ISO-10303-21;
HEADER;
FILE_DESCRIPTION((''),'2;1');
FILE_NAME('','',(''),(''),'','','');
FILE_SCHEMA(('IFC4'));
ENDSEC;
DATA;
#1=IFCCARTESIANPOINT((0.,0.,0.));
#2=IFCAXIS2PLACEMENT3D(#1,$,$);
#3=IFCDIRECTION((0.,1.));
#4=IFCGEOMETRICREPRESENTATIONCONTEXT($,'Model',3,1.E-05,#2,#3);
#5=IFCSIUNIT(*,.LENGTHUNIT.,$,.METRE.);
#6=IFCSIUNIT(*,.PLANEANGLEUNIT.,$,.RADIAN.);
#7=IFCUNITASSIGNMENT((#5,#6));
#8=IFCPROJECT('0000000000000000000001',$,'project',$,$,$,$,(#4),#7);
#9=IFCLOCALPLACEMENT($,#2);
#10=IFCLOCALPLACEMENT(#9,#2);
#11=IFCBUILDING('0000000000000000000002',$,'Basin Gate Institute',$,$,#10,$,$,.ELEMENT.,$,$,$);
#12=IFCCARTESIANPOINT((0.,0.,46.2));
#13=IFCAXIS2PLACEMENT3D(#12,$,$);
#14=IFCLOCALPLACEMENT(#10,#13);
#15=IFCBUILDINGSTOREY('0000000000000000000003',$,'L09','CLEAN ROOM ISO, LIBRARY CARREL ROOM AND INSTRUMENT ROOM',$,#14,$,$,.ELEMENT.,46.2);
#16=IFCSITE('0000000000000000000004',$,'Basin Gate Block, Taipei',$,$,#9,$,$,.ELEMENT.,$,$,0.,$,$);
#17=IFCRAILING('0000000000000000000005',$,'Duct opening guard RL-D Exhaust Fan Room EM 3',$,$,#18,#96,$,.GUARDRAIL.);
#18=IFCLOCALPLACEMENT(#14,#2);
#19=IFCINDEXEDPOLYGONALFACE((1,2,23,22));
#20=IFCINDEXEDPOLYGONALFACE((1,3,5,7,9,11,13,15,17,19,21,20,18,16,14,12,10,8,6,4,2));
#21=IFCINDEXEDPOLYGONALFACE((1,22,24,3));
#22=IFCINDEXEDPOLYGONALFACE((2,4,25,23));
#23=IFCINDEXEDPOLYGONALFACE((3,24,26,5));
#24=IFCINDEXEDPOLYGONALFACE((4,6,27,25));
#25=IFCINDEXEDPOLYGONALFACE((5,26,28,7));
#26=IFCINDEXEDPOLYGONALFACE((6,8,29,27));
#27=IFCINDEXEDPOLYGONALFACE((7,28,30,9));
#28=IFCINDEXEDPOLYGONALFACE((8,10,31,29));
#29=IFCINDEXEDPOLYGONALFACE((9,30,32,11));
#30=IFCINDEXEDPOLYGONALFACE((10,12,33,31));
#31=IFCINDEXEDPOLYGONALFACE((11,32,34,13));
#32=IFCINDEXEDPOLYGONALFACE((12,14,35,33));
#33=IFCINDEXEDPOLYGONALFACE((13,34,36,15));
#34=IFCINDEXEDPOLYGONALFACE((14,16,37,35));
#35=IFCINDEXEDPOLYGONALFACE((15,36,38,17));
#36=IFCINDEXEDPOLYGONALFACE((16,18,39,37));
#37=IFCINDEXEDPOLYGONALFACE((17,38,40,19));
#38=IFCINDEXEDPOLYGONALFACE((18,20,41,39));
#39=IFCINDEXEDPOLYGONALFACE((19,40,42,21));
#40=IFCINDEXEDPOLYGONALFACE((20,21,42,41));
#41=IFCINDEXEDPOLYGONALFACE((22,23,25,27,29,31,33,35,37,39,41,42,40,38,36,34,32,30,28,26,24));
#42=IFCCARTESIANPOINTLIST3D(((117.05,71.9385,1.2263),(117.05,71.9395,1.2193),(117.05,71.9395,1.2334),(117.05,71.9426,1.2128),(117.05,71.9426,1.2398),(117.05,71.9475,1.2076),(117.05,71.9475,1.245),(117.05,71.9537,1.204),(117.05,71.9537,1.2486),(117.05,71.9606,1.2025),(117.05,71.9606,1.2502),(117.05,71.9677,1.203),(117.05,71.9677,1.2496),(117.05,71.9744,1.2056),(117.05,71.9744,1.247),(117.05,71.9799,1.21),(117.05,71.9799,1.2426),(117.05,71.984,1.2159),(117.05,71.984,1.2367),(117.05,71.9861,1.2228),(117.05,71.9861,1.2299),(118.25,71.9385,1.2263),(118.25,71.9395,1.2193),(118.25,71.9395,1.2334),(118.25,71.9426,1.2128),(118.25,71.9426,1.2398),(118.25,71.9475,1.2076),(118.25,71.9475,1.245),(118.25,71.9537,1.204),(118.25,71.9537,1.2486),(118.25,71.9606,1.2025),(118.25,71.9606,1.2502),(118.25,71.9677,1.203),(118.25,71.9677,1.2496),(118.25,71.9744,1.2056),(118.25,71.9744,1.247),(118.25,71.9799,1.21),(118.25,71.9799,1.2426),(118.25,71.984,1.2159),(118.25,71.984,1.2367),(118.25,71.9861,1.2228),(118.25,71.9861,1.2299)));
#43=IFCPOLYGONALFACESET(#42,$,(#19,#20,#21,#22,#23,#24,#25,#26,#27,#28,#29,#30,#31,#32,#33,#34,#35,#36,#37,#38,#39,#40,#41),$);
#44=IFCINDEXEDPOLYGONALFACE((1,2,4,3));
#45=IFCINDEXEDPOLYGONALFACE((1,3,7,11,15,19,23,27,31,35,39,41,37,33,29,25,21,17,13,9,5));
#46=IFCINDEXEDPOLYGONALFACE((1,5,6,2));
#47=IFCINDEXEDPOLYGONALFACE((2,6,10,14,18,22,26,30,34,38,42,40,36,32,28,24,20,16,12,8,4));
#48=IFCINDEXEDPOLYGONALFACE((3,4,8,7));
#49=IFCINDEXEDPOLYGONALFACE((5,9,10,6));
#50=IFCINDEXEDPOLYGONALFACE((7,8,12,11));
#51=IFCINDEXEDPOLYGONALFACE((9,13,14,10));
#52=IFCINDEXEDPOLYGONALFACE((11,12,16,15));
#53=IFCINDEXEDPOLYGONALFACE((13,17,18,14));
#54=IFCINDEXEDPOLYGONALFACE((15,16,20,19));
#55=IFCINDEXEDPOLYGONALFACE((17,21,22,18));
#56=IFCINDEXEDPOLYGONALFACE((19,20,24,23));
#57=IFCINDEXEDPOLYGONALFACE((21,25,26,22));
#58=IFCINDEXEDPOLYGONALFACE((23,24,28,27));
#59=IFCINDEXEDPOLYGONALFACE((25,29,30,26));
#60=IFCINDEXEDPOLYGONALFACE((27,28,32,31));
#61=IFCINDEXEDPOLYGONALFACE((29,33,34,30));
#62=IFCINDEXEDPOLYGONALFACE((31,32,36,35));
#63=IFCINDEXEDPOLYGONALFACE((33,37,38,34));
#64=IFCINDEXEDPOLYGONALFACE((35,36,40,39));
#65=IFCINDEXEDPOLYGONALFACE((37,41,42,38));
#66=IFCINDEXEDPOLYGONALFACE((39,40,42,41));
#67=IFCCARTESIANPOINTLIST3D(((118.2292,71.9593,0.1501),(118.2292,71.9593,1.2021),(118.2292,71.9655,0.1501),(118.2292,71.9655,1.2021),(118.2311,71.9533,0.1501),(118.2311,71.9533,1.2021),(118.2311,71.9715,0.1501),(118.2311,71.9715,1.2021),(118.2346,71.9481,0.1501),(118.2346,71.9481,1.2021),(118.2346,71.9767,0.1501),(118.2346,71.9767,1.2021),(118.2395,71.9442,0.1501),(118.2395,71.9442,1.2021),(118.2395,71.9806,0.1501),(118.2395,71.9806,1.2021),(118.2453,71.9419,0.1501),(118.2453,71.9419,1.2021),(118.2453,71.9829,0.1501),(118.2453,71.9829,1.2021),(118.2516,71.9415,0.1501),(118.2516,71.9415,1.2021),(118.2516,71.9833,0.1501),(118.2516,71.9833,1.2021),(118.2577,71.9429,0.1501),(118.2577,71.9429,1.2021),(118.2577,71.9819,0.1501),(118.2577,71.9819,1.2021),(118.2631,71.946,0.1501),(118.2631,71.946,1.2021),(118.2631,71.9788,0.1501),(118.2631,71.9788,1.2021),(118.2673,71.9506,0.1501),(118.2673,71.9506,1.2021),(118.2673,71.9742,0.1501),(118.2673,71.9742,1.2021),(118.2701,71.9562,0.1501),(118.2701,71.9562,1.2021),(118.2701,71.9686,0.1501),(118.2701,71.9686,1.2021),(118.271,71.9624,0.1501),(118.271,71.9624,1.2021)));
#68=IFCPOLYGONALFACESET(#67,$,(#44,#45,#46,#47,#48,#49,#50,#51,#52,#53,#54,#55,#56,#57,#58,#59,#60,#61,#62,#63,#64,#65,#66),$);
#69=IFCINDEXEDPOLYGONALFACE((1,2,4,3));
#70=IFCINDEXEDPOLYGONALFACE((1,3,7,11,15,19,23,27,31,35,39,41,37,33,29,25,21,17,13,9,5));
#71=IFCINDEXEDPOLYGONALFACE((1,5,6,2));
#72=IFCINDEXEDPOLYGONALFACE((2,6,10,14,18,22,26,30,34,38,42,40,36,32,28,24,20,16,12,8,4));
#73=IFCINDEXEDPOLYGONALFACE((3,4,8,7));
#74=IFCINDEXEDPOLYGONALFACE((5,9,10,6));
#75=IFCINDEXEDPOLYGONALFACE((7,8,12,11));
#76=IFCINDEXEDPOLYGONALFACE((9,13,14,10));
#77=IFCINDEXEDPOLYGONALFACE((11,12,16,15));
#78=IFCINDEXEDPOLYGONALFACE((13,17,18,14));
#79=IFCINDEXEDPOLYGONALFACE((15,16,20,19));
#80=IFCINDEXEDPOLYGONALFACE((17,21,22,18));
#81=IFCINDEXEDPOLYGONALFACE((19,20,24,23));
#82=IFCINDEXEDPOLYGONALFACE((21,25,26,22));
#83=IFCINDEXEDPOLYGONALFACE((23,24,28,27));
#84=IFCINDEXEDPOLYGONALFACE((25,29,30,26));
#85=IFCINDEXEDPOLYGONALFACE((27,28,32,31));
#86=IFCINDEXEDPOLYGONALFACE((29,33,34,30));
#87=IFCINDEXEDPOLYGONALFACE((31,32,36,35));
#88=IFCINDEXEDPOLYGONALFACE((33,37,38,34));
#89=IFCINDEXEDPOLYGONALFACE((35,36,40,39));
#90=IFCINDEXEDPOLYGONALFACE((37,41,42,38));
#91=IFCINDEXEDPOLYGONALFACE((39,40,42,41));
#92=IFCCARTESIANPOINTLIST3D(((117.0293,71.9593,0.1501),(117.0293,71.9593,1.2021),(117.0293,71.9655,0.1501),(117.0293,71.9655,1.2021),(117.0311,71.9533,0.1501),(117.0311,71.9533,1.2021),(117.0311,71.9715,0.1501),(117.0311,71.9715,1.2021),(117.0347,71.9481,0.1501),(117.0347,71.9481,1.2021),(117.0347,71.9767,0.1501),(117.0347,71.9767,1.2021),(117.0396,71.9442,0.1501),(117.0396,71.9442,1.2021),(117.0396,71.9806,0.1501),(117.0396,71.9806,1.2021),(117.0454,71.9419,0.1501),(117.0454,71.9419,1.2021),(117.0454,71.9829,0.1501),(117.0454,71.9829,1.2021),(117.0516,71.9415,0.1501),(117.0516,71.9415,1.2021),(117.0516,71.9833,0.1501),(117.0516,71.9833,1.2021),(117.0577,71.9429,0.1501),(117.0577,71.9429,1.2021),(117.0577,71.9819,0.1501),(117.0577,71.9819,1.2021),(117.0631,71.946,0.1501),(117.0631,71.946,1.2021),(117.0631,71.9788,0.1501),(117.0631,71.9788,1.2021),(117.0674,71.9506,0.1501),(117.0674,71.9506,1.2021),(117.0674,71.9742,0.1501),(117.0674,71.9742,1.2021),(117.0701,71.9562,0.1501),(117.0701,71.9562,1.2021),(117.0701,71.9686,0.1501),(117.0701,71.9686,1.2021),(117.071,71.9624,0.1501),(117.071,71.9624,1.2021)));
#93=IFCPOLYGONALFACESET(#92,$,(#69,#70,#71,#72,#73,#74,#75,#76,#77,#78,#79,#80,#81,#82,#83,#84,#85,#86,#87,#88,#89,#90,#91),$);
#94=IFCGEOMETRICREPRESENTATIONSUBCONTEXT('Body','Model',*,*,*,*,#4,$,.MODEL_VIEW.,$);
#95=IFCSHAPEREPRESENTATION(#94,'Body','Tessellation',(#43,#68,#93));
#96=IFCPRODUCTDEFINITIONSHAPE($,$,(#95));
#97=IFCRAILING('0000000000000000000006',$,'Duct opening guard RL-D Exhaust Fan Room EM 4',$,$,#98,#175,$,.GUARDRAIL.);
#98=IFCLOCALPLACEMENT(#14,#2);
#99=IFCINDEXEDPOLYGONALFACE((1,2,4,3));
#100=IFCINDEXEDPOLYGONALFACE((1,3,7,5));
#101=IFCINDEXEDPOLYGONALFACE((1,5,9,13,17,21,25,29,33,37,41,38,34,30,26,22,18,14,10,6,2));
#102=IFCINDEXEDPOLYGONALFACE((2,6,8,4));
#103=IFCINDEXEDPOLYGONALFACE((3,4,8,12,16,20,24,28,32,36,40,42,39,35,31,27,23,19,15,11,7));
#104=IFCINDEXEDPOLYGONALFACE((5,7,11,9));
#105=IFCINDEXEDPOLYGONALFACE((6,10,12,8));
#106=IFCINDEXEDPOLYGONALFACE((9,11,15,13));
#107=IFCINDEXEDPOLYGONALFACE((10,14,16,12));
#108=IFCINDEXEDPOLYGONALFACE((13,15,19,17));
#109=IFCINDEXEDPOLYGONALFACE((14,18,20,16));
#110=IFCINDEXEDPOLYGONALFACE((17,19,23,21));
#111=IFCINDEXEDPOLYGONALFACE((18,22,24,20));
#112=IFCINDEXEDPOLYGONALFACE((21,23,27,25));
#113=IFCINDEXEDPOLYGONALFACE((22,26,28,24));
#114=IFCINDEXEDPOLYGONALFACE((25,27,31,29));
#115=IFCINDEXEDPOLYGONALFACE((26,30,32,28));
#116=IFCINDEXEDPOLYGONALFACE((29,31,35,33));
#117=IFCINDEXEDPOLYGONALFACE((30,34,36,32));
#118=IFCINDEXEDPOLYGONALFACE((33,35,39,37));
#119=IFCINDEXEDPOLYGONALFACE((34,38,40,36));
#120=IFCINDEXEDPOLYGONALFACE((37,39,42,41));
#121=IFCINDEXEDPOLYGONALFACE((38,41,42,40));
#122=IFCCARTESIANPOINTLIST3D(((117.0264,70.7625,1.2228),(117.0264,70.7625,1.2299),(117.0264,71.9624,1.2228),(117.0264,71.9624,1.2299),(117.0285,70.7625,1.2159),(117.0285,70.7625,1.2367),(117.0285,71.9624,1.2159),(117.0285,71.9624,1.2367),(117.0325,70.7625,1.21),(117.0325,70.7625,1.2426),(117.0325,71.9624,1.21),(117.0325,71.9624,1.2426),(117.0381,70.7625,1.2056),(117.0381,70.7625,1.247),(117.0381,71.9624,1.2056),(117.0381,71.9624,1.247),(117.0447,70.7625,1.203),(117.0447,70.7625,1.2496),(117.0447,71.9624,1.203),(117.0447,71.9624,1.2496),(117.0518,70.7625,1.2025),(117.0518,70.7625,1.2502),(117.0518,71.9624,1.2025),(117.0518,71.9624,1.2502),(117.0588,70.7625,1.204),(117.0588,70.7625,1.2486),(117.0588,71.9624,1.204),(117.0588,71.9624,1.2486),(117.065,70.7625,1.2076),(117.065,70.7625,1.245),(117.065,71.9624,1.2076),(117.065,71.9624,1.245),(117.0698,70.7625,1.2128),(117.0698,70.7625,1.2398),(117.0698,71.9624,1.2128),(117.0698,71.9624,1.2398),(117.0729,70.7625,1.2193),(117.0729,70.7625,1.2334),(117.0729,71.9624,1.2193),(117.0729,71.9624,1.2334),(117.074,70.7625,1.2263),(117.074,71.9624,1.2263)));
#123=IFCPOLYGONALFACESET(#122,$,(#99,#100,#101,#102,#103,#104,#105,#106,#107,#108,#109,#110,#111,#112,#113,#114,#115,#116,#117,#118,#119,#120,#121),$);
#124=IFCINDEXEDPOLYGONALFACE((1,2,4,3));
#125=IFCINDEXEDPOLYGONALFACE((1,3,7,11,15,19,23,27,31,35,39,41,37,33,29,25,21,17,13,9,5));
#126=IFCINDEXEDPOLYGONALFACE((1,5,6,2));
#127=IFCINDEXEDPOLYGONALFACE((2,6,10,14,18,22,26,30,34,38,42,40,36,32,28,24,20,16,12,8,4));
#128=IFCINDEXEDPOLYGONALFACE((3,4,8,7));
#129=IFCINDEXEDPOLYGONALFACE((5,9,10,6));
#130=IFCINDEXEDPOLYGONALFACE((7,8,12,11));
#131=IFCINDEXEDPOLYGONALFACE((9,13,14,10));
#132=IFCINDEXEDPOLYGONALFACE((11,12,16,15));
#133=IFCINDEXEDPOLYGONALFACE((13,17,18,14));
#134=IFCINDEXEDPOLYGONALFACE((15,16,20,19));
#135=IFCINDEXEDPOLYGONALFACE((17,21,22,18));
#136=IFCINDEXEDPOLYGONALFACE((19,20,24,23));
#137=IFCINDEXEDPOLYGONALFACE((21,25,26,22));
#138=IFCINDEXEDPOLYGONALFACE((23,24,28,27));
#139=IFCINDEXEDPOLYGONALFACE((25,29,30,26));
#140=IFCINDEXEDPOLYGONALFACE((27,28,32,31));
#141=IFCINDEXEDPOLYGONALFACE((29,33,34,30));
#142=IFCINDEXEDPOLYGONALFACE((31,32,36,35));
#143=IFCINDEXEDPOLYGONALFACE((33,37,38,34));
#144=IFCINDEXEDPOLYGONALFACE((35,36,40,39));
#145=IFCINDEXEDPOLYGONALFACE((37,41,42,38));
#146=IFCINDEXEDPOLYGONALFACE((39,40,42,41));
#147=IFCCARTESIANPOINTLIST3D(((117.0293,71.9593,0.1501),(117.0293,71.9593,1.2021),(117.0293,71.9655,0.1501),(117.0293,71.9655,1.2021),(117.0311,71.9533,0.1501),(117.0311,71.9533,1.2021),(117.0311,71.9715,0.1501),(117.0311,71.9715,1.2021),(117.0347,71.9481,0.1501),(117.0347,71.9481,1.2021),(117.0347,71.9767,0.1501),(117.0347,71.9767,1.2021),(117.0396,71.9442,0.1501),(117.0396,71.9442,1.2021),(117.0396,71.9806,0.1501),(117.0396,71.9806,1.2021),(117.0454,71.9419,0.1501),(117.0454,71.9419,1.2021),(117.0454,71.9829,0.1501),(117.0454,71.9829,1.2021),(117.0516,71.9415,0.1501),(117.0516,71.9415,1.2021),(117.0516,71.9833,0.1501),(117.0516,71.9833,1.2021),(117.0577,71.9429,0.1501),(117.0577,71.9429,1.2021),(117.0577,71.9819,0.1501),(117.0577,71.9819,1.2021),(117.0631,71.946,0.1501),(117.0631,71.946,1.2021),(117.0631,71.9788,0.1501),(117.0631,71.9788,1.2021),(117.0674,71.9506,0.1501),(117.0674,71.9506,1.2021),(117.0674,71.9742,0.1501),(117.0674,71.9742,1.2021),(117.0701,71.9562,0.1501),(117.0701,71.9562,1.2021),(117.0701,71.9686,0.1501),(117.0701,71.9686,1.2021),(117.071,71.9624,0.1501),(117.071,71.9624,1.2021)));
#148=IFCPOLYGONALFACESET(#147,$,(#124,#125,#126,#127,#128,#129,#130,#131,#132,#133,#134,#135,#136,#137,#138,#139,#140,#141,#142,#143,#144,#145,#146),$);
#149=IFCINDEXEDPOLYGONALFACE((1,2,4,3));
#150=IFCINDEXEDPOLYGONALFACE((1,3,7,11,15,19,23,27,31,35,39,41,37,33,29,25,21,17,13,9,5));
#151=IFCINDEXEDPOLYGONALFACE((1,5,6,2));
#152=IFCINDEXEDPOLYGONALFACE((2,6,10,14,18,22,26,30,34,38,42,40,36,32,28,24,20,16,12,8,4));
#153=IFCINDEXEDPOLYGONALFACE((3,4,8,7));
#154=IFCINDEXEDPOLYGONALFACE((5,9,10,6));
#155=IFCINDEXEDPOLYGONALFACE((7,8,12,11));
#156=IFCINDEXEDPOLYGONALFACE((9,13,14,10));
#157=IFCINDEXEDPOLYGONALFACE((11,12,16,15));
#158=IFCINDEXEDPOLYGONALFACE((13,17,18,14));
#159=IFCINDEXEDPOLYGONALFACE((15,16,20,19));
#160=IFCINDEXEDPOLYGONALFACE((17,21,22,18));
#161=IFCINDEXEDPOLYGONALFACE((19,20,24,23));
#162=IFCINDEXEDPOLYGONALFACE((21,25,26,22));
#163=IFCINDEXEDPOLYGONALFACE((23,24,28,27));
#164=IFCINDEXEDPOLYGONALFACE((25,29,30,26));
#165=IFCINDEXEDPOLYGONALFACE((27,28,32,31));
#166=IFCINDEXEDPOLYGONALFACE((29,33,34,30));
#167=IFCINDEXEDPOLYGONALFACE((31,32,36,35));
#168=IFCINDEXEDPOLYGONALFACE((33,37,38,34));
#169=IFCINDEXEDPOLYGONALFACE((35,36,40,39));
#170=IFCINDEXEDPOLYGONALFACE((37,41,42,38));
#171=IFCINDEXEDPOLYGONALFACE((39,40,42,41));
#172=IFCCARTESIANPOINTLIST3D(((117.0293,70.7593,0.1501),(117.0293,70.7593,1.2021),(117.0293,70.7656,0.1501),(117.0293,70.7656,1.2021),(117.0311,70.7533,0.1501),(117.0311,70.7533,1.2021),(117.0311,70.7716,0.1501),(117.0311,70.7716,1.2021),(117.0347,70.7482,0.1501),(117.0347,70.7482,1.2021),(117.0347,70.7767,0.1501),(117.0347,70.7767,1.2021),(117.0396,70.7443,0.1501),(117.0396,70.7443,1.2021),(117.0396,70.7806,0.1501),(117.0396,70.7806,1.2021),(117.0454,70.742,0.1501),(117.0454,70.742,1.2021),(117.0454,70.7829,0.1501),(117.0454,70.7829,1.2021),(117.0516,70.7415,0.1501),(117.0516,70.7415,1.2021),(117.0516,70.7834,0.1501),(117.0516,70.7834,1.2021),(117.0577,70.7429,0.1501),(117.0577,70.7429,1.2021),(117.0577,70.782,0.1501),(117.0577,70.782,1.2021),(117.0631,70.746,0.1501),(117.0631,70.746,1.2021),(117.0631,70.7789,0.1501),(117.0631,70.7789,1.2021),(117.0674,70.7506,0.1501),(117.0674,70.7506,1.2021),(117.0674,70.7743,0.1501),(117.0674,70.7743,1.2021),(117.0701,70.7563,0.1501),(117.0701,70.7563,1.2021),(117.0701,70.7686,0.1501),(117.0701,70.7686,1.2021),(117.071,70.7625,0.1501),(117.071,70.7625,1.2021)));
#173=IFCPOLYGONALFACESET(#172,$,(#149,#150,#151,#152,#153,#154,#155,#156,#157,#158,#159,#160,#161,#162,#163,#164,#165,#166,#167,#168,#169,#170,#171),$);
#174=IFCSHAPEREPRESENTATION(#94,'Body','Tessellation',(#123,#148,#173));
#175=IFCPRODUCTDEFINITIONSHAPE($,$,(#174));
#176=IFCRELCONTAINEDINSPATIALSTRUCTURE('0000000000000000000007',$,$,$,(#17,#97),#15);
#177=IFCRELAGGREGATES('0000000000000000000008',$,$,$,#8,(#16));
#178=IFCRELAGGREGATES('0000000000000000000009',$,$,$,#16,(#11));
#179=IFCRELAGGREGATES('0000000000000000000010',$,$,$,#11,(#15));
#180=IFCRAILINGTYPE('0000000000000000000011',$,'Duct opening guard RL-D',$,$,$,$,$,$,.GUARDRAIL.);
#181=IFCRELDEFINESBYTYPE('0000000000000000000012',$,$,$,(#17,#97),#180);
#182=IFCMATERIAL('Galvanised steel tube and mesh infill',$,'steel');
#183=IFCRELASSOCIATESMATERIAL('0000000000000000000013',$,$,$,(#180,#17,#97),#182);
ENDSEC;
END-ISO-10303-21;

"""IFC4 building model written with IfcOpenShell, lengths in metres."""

from ifc_helpers import new_model, si_unit, direction, frame, origin, origin_2d, place, context, subcontext, project, spatial, circle, extrude, material, type_object, element, save


model = new_model("IFC4")

# Units and contexts
model_context = context("Model", 3, precision=1e-05, world=origin(), true_north=direction((0.0, 1.0)))
body_context = subcontext(model_context, "Body", "Model", "MODEL_VIEW")
ifc_project = project(units=[si_unit("LENGTHUNIT", "METRE"), si_unit("PLANEANGLEUNIT", "RADIAN")], contexts=[model_context])

# Site, building, storey
site_placement = place(None, origin())
site = spatial("IfcSite", under=ifc_project, at=site_placement, Name="Basin Gate Block, Taipei", CompositionType="ELEMENT", RefElevation=0.0)
building_placement = place(site_placement, origin())
building = spatial("IfcBuilding", under=site, at=building_placement, Name="Basin Gate Institute", CompositionType="ELEMENT")
storey_placement = place(building_placement, frame((0.0, 0.0, 46.2)))
storey = spatial("IfcBuildingStorey", under=building, at=storey_placement, Name="L09", Description="CLEAN ROOM ISO, LIBRARY CARREL ROOM AND INSTRUMENT ROOM", CompositionType="ELEMENT", Elevation=46.2)

# Railings
ifc_material_1 = material(Name="Galvanised steel tube and mesh infill", Category="steel")
railing_type_1 = type_object("IfcRailingType", Name="Duct opening guard RL-D", PredefinedType="GUARDRAIL", material=ifc_material_1)
railing_1_placement = place(storey_placement, frame((118.25, 71.9624, 0.1501)))
element("IfcRailing", 1, at=railing_1_placement, inside=storey, type_object=railing_type_1, material=ifc_material_1, Name="Duct opening guard RL-D Exhaust Fan Room EM 3", PredefinedType="GUARDRAIL", context=body_context, shape_type="SweptSolid", body=[
    extrude(circle(Radius=0.0239, at=origin_2d()), frame((0.0, 0.0, 1.0762), z_axis=(-1.0, 0.0, 0.0), x_axis=(0.0, -1.0, 0.0)), (0.0, 0.0, 1.0), 1.2),
    extrude(circle(Radius=0.021, at=origin_2d()), origin(), (0.0, 0.0, 1.0), 1.052),
    extrude(circle(Radius=0.021, at=origin_2d()), frame((-1.2, 0.0, 0.0)), (0.0, 0.0, 1.0), 1.052),
])
railing_2_placement = place(storey_placement, frame((117.05, 71.9624, 0.1501)))
element("IfcRailing", 2, at=railing_2_placement, inside=storey, type_object=railing_type_1, material=ifc_material_1, Name="Duct opening guard RL-D Exhaust Fan Room EM 4", PredefinedType="GUARDRAIL", context=body_context, shape_type="SweptSolid", body=[
    extrude(circle(Radius=0.0239, at=origin_2d()), frame((0.0, 0.0, 1.0762), z_axis=(0.0, -1.0, 0.0), x_axis=(1.0, 0.0, 0.0)), (0.0, 0.0, 1.0), 1.2),
    extrude(circle(Radius=0.021, at=origin_2d()), origin(), (0.0, 0.0, 1.0), 1.052),
    extrude(circle(Radius=0.021, at=origin_2d()), frame((0.0, -1.2, 0.0)), (0.0, 0.0, 1.0), 1.052),
])

save(model, "model.ifc")
